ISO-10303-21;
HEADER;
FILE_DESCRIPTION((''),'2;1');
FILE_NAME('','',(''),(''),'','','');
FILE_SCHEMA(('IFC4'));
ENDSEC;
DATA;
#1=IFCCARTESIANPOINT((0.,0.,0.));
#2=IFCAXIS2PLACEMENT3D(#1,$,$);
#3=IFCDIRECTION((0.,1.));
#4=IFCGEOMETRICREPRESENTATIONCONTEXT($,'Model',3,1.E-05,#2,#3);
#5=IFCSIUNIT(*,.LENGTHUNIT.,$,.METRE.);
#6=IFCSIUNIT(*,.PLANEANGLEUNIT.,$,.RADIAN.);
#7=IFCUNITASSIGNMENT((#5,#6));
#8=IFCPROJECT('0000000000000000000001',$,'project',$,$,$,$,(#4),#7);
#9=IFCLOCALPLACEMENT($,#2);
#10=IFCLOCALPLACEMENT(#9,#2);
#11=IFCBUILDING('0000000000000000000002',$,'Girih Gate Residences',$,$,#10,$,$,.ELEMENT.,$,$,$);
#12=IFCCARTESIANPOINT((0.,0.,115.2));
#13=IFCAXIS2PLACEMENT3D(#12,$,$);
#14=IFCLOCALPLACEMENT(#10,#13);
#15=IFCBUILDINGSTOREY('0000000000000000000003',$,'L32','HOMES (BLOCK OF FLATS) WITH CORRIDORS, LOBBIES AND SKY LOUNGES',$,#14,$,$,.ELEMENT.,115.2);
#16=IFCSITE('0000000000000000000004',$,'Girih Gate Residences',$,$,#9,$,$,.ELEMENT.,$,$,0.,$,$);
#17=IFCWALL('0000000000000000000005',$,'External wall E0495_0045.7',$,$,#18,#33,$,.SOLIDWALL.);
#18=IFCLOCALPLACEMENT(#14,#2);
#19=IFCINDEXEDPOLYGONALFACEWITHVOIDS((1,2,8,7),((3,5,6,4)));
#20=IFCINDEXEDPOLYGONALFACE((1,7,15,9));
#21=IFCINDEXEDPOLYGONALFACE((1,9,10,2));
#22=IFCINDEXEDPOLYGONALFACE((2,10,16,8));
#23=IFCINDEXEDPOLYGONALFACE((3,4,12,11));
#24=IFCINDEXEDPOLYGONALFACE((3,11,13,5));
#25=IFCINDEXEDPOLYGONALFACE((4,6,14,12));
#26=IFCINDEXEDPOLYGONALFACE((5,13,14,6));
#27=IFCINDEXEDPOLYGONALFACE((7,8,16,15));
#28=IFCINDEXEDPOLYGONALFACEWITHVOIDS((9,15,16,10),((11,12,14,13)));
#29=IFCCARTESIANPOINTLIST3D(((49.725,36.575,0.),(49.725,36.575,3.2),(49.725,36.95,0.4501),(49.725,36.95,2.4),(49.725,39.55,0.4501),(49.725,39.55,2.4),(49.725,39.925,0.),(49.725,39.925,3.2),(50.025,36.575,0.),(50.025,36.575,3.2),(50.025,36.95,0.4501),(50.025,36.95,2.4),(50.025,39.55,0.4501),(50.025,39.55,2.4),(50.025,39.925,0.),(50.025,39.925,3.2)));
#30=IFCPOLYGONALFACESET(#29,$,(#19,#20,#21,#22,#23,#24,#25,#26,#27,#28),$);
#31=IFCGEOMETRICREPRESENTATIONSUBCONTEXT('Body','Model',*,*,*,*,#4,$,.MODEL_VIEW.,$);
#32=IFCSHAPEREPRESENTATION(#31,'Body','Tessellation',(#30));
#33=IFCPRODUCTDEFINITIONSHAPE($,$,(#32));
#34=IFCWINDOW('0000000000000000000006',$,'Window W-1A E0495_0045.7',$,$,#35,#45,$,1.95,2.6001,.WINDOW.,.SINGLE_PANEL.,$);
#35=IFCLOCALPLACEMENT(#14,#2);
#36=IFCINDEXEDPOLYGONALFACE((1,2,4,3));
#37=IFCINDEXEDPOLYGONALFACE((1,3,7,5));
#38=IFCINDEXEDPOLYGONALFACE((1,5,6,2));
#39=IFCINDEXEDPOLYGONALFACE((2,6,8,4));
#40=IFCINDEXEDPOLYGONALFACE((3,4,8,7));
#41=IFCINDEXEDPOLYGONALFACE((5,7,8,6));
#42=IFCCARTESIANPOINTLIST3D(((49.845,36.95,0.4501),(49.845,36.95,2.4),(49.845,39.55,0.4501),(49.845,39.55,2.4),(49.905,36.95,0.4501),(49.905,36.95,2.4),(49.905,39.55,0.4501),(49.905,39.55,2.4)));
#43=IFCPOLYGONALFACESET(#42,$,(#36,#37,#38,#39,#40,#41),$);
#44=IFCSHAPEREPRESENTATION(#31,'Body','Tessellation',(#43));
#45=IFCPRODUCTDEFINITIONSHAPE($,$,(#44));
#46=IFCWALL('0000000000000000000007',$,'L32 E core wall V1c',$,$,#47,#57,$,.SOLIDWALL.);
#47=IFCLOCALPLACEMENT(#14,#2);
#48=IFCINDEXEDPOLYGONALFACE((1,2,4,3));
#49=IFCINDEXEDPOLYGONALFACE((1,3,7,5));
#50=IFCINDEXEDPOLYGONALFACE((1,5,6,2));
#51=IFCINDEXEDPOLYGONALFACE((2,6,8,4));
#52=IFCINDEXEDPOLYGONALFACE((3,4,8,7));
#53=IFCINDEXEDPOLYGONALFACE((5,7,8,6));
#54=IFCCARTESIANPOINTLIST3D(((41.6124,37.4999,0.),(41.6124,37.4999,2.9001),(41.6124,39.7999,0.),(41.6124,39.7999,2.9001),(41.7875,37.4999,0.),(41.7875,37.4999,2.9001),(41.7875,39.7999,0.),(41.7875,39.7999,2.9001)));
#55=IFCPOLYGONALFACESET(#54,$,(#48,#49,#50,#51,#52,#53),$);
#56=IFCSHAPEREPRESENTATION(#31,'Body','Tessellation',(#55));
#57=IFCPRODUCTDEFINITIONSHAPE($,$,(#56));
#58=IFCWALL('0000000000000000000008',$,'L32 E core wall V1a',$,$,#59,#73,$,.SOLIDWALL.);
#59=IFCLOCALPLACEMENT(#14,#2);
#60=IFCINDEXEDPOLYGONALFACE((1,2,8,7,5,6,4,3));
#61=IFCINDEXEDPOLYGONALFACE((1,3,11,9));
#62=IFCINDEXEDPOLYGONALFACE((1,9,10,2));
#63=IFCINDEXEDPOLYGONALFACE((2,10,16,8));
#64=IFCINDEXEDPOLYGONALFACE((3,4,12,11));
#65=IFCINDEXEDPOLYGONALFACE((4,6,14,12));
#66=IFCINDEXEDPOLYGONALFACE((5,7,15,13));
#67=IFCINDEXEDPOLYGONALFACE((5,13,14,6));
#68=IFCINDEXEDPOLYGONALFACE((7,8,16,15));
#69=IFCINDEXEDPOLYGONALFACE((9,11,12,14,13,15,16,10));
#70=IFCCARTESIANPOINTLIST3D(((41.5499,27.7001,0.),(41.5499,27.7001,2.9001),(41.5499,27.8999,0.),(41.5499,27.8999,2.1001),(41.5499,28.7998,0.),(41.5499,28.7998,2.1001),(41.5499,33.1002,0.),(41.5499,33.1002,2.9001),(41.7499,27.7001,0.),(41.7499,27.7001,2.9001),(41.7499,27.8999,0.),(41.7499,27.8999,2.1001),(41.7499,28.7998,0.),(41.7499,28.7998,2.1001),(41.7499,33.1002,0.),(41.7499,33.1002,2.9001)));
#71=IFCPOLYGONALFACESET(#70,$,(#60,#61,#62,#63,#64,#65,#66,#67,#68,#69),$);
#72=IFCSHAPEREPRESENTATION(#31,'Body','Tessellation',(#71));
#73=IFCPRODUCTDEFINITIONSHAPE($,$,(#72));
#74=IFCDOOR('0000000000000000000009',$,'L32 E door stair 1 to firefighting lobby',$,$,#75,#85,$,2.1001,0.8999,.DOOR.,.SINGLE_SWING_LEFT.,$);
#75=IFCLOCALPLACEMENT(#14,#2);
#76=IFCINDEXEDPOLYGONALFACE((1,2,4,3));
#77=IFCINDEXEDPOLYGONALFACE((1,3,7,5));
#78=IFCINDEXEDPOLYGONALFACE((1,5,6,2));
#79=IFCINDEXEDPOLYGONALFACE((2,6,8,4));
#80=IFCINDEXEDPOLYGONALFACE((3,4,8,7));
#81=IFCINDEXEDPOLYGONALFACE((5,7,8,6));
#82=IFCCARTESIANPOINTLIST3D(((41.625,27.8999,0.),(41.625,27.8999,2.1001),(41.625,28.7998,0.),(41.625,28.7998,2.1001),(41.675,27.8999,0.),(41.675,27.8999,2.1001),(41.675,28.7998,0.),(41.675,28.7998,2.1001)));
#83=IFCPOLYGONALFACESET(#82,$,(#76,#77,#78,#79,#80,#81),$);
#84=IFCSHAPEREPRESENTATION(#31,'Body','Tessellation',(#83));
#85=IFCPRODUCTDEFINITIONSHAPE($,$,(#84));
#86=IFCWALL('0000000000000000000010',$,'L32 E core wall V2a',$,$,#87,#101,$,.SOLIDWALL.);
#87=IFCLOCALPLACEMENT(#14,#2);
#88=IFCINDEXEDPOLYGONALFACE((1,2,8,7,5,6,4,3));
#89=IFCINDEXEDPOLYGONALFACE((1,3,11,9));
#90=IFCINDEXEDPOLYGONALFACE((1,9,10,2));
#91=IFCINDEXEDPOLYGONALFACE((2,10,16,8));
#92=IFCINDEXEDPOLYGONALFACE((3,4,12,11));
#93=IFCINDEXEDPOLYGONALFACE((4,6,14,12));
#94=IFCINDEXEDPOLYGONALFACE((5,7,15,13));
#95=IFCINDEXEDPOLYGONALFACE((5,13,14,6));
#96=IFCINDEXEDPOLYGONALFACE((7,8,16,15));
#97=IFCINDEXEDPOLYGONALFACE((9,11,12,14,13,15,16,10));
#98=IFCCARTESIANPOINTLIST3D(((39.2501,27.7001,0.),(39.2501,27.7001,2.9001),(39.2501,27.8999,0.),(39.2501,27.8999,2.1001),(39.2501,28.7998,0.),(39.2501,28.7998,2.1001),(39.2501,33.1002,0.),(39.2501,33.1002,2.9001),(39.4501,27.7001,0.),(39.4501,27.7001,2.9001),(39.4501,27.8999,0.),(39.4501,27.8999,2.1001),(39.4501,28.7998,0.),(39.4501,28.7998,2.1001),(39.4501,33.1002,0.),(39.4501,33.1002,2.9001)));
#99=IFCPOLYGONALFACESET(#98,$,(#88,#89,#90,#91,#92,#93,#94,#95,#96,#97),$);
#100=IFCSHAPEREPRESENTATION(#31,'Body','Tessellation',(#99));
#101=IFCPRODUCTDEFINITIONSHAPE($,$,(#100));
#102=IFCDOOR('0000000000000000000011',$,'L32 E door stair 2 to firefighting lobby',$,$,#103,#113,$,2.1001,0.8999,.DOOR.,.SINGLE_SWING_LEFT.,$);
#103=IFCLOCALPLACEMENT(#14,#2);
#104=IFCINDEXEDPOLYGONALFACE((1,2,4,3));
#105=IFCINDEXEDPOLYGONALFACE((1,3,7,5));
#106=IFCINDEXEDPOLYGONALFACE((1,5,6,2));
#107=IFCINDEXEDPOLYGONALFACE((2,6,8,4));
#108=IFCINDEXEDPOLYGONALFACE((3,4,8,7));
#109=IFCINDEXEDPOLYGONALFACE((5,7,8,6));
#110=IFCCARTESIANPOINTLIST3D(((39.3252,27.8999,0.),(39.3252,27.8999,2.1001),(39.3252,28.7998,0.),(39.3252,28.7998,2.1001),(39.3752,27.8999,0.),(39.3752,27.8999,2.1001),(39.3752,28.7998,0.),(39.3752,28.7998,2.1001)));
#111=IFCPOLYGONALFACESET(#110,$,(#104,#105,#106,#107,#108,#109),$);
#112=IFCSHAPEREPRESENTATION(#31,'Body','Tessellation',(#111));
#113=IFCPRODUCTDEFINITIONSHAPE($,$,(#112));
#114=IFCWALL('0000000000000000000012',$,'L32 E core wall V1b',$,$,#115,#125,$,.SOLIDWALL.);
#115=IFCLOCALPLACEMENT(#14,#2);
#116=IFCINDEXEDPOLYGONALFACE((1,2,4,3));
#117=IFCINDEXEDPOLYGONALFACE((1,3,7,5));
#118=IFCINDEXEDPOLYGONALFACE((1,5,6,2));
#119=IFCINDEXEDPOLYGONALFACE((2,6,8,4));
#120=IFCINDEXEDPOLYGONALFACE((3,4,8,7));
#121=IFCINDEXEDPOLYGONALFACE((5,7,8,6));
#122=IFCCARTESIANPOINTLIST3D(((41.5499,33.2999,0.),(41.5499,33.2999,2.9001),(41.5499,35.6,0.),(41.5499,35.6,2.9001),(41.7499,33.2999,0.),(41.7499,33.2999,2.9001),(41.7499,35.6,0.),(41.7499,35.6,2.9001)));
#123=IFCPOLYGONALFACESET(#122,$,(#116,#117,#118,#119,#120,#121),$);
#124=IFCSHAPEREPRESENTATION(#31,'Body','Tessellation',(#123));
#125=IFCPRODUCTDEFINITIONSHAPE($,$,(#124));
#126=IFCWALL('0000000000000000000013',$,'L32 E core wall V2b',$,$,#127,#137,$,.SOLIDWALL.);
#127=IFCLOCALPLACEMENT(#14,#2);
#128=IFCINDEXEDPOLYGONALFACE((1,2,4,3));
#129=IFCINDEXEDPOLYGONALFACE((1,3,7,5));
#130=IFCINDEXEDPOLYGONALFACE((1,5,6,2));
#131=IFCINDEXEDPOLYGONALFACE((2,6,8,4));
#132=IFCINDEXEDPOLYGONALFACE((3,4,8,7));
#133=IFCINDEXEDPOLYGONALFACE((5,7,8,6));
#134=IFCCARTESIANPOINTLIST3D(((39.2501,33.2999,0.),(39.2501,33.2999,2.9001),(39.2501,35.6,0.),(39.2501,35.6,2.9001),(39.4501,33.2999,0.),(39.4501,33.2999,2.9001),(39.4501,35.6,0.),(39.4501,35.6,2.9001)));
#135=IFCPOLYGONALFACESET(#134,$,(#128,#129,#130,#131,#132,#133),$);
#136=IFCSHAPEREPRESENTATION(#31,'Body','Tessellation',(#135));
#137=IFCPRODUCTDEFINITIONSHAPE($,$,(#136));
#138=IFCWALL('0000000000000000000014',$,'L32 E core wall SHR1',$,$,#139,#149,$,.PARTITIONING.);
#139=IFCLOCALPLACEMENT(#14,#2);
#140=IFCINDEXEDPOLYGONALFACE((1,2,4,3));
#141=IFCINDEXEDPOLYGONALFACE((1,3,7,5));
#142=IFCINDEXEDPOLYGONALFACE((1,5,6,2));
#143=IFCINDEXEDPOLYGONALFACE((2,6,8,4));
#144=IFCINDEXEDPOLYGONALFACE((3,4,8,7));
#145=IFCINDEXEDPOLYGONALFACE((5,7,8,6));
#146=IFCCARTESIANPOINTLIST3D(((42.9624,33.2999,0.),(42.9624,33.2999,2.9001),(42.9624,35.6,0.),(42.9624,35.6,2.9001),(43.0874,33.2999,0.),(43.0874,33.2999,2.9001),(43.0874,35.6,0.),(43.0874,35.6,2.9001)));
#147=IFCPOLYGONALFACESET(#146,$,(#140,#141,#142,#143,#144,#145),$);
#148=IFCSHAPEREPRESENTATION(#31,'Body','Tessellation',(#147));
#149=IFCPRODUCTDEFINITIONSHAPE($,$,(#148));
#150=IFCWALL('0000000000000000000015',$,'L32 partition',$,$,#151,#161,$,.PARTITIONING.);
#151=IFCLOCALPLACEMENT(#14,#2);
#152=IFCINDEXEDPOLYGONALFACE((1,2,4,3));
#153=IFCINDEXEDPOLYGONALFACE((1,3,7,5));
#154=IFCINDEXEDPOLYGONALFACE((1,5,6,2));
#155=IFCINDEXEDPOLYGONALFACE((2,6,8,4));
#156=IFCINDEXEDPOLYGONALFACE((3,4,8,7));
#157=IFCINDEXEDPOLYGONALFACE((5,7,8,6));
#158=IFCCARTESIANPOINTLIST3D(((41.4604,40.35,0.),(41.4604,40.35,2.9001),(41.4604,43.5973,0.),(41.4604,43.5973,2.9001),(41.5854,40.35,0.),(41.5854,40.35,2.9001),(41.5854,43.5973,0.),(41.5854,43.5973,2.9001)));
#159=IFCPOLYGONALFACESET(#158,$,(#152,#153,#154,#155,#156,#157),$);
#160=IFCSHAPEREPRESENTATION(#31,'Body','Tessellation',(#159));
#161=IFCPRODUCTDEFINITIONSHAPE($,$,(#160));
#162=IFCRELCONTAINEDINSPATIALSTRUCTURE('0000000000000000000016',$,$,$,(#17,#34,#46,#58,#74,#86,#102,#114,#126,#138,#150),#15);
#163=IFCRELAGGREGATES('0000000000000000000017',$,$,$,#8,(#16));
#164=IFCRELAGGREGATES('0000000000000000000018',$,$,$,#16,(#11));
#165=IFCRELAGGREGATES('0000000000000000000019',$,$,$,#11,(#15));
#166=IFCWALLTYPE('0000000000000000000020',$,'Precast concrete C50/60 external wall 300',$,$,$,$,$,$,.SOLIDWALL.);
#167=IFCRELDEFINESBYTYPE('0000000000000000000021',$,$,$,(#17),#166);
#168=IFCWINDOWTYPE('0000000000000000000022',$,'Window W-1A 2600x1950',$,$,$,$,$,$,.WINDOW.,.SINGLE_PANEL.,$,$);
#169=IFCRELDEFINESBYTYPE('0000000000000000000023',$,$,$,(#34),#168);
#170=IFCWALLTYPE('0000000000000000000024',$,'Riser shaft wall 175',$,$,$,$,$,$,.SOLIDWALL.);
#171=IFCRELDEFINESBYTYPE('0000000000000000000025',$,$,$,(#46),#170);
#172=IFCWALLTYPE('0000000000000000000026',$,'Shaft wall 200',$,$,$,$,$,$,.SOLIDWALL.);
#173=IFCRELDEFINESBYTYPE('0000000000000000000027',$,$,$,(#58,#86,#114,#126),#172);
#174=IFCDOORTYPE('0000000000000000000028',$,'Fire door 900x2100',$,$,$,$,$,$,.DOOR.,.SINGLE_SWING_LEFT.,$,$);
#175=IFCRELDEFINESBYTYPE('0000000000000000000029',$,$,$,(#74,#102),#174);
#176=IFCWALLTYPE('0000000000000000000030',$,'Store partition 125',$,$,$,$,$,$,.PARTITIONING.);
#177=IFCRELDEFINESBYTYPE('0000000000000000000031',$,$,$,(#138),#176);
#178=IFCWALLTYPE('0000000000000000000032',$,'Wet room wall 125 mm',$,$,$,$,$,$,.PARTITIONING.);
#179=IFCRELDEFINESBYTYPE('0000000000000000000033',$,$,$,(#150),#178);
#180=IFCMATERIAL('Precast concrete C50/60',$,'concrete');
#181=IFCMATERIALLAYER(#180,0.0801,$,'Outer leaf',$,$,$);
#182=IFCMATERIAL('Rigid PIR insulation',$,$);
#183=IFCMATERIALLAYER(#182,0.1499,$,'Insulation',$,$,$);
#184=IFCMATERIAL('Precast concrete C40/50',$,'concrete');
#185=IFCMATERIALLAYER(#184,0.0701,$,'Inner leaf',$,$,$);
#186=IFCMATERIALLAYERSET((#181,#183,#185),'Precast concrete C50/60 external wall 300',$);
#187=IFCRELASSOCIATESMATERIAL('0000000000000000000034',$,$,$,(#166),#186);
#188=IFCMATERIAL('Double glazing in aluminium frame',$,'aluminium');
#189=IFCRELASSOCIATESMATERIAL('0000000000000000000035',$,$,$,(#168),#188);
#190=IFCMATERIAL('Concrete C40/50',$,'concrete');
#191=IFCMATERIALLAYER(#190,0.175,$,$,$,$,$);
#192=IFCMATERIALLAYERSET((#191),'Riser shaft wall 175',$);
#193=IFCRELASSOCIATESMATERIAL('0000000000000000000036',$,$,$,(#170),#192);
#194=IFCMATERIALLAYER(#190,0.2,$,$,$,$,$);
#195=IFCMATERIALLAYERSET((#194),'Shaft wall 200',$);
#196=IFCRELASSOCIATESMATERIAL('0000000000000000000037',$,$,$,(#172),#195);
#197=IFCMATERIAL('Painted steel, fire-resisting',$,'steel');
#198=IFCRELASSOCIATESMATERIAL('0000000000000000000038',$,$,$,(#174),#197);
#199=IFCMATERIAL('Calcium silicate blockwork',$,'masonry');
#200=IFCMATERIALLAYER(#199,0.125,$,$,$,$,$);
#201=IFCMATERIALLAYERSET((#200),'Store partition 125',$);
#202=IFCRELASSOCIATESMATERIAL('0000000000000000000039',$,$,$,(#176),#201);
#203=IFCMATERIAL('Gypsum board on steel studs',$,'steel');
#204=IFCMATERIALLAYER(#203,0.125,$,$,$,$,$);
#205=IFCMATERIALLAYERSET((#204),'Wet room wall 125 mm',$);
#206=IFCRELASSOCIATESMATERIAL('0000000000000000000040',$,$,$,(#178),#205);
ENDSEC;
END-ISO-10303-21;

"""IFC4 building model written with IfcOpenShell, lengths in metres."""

from ifc_helpers import new_model, si_unit, direction, frame, frame_2d, origin, place, context, subcontext, project, spatial, rectangle, extrude, material, layer, layer_set, type_object, element, fill, save


model = new_model("IFC4")

# Units and contexts
model_context = context("Model", 3, precision=1e-05, world=origin(), true_north=direction((0.0, 1.0)))
body_context = subcontext(model_context, "Body", "Model", "MODEL_VIEW")
ifc_project = project(units=[si_unit("LENGTHUNIT", "METRE"), si_unit("PLANEANGLEUNIT", "RADIAN")], contexts=[model_context])

# Site, building, storey
site_placement = place(None, origin())
site = spatial("IfcSite", under=ifc_project, at=site_placement, Name="Girih Gate Residences", CompositionType="ELEMENT", RefElevation=0.0)
building_placement = place(site_placement, origin())
building = spatial("IfcBuilding", under=site, at=building_placement, Name="Girih Gate Residences", CompositionType="ELEMENT")
storey_placement = place(building_placement, frame((0.0, 0.0, 115.2)))
storey = spatial("IfcBuildingStorey", under=building, at=storey_placement, Name="L32", Description="HOMES (BLOCK OF FLATS) WITH CORRIDORS, LOBBIES AND SKY LOUNGES", CompositionType="ELEMENT", Elevation=115.2)

# Shared definitions
ifc_material_1 = material(Name="Gypsum board on steel studs", Category="steel")

# Wall, opening, window
ifc_material_2 = material(Name="Precast concrete C50/60", Category="concrete")
ifc_layer_1 = layer(ifc_material_2, 0.0801, Name="Outer leaf")
ifc_material_3 = material(Name="Rigid PIR insulation")
ifc_layer_2 = layer(ifc_material_3, 0.1499, Name="Insulation")
ifc_material_4 = material(Name="Precast concrete C40/50", Category="concrete")
ifc_layer_3 = layer(ifc_material_4, 0.0701, Name="Inner leaf")
ifc_layer_set_1 = layer_set([ifc_layer_1, ifc_layer_2, ifc_layer_3], Name="Precast concrete C50/60 external wall 300")
wall_type_1 = type_object("IfcWallType", Name="Precast concrete C50/60 external wall 300", PredefinedType="SOLIDWALL", material=ifc_layer_set_1)
ifc_material_5 = material(Name="Double glazing in aluminium frame", Category="aluminium")
window_type = type_object("IfcWindowType", Name="Window W-1A 2600x1950", PartitioningType="SINGLE_PANEL", PredefinedType="WINDOW", material=ifc_material_5)
wall_1_placement = place(storey_placement, frame((49.875, 39.925, 0.0), z_axis=(0.0, 0.0, 1.0), x_axis=(0.0, -1.0, 0.0)))
wall_1 = element("IfcWall", 1, at=wall_1_placement, inside=storey, type_object=wall_type_1, Name="External wall E0495_0045.7", PredefinedType="SOLIDWALL", context=body_context, shape_type="SweptSolid", body=[
    extrude(rectangle(XDim=3.3501, YDim=0.3, at=frame_2d((1.675, 0.0))), origin(), (0.0, 0.0, 1.0), 3.2),
])
opening_1_placement = place(wall_1_placement, frame((0.375, 0.0, 0.45)))
opening_1 = element("IfcOpeningElement", 2, at=opening_1_placement, cuts=wall_1, PredefinedType="OPENING", context=body_context, shape_type="SweptSolid", body=[
    extrude(rectangle(XDim=2.6001, YDim=1.95, at=frame_2d((1.3, 0.9751))), frame((0.0, 0.1599, 0.0), z_axis=(0.0, -1.0, 0.0), x_axis=(1.0, 0.0, 0.0)), (0.0, 0.0, 1.0), 0.3201),
])
window_1_placement = place(opening_1_placement, origin())
window_1 = element("IfcWindow", 3, at=window_1_placement, inside=storey, type_object=window_type, Name="Window W-1A E0495_0045.7", OverallHeight=1.95, OverallWidth=2.6001, PartitioningType="SINGLE_PANEL", PredefinedType="WINDOW", context=body_context, shape_type="SweptSolid", body=[
    extrude(rectangle(XDim=2.6001, YDim=1.95, at=frame_2d((1.3, 0.9751))), frame((0.0, 0.03, 0.0), z_axis=(0.0, -1.0, 0.0), x_axis=(1.0, 0.0, 0.0)), (0.0, 0.0, 1.0), 0.0601),
])
fill(opening_1, window_1)

# Wall
ifc_material_6 = material(Name="Concrete C40/50", Category="concrete")
ifc_layer_4 = layer(ifc_material_6, 0.175)
ifc_layer_set_2 = layer_set([ifc_layer_4], Name="Riser shaft wall 175")
wall_type_2 = type_object("IfcWallType", Name="Riser shaft wall 175", PredefinedType="SOLIDWALL", material=ifc_layer_set_2)
wall_2_placement = place(storey_placement, frame((41.7, 37.5, 0.0), z_axis=(0.0, 0.0, 1.0), x_axis=(0.0, 1.0, 0.0)))
element("IfcWall", 4, at=wall_2_placement, inside=storey, type_object=wall_type_2, Name="L32 E core wall V1c", PredefinedType="SOLIDWALL", context=body_context, shape_type="SweptSolid", body=[
    extrude(rectangle(XDim=2.3, YDim=0.175, at=frame_2d((1.1499, 0.0))), origin(), (0.0, 0.0, 1.0), 2.9001),
])

# Walls, openings, doors
ifc_layer_5 = layer(ifc_material_6, 0.2)
ifc_layer_set_3 = layer_set([ifc_layer_5], Name="Shaft wall 200")
wall_type_3 = type_object("IfcWallType", Name="Shaft wall 200", PredefinedType="SOLIDWALL", material=ifc_layer_set_3)
wall_3_placement = place(storey_placement, frame((41.6499, 27.7, 0.0), z_axis=(0.0, 0.0, 1.0), x_axis=(0.0, 1.0, 0.0)))
wall_3 = element("IfcWall", 5, at=wall_3_placement, inside=storey, type_object=wall_type_3, Name="L32 E core wall V1a", PredefinedType="SOLIDWALL", context=body_context, shape_type="SweptSolid", body=[
    extrude(rectangle(XDim=5.4001, YDim=0.2, at=frame_2d((2.7002, 0.0))), origin(), (0.0, 0.0, 1.0), 2.9001),
])
opening_2_placement = place(wall_3_placement, frame((0.2, 0.0, 0.0)))
opening_2 = element("IfcOpeningElement", 6, at=opening_2_placement, cuts=wall_3, PredefinedType="OPENING", context=body_context, shape_type="SweptSolid", body=[
    extrude(rectangle(XDim=0.8999, YDim=2.1001, at=frame_2d((0.45, 1.05))), frame((0.0, 0.1099, 0.0), z_axis=(0.0, -1.0, 0.0), x_axis=(1.0, 0.0, 0.0)), (0.0, 0.0, 1.0), 0.22),
])
ifc_material_7 = material(Name="Painted steel, fire-resisting", Category="steel")
door_type = type_object("IfcDoorType", Name="Fire door 900x2100", OperationType="SINGLE_SWING_LEFT", PredefinedType="DOOR", material=ifc_material_7)
door_1_placement = place(opening_2_placement, origin())
door_1 = element("IfcDoor", 7, at=door_1_placement, inside=storey, type_object=door_type, Name="L32 E door stair 1 to firefighting lobby", OperationType="SINGLE_SWING_LEFT", OverallHeight=2.1001, OverallWidth=0.8999, PredefinedType="DOOR", context=body_context, shape_type="SweptSolid", body=[
    extrude(rectangle(XDim=0.8999, YDim=2.1001, at=frame_2d((0.45, 1.05))), frame((0.0, 0.0249, 0.0), z_axis=(0.0, -1.0, 0.0), x_axis=(1.0, 0.0, 0.0)), (0.0, 0.0, 1.0), 0.05),
])
fill(opening_2, door_1)
wall_4_placement = place(storey_placement, frame((39.3501, 27.7, 0.0), z_axis=(0.0, 0.0, 1.0), x_axis=(0.0, 1.0, 0.0)))
wall_4 = element("IfcWall", 8, at=wall_4_placement, inside=storey, type_object=wall_type_3, Name="L32 E core wall V2a", PredefinedType="SOLIDWALL", context=body_context, shape_type="SweptSolid", body=[
    extrude(rectangle(XDim=5.4001, YDim=0.2, at=frame_2d((2.7002, 0.0))), origin(), (0.0, 0.0, 1.0), 2.9001),
])
opening_3_placement = place(wall_4_placement, frame((0.2, 0.0, 0.0)))
opening_3 = element("IfcOpeningElement", 9, at=opening_3_placement, cuts=wall_4, PredefinedType="OPENING", context=body_context, shape_type="SweptSolid", body=[
    extrude(rectangle(XDim=0.8999, YDim=2.1001, at=frame_2d((0.45, 1.05))), frame((0.0, 0.1099, 0.0), z_axis=(0.0, -1.0, 0.0), x_axis=(1.0, 0.0, 0.0)), (0.0, 0.0, 1.0), 0.22),
])
door_2_placement = place(opening_3_placement, origin())
door_2 = element("IfcDoor", 10, at=door_2_placement, inside=storey, type_object=door_type, Name="L32 E door stair 2 to firefighting lobby", OperationType="SINGLE_SWING_LEFT", OverallHeight=2.1001, OverallWidth=0.8999, PredefinedType="DOOR", context=body_context, shape_type="SweptSolid", body=[
    extrude(rectangle(XDim=0.8999, YDim=2.1001, at=frame_2d((0.45, 1.05))), frame((0.0, 0.0249, 0.0), z_axis=(0.0, -1.0, 0.0), x_axis=(1.0, 0.0, 0.0)), (0.0, 0.0, 1.0), 0.05),
])
fill(opening_3, door_2)

# Walls
for number, where, z_axis, x_axis, name in (
    (11, (41.6499, 33.3, 0.0), (0.0, 0.0, 1.0), (0.0, 1.0, 0.0), "L32 E core wall V1b"),
    (12, (39.3501, 33.3, 0.0), (0.0, 0.0, 1.0), (0.0, 1.0, 0.0), "L32 E core wall V2b"),
):
    element("IfcWall", number, at=place(storey_placement, frame(where, z_axis=z_axis, x_axis=x_axis)), inside=storey, type_object=wall_type_3, Name=name, PredefinedType="SOLIDWALL", context=body_context, shape_type="SweptSolid", body=[
        extrude(rectangle(XDim=2.3, YDim=0.2, at=frame_2d((1.1499, 0.0))), origin(), (0.0, 0.0, 1.0), 2.9001),
    ])
ifc_material_8 = material(Name="Calcium silicate blockwork", Category="masonry")
ifc_layer_6 = layer(ifc_material_8, 0.125)
ifc_layer_set_4 = layer_set([ifc_layer_6], Name="Store partition 125")
wall_type_4 = type_object("IfcWallType", Name="Store partition 125", PredefinedType="PARTITIONING", material=ifc_layer_set_4)
wall_5_placement = place(storey_placement, frame((43.0249, 33.3, 0.0), z_axis=(0.0, 0.0, 1.0), x_axis=(0.0, 1.0, 0.0)))
element("IfcWall", 13, at=wall_5_placement, inside=storey, type_object=wall_type_4, Name="L32 E core wall SHR1", PredefinedType="PARTITIONING", context=body_context, shape_type="SweptSolid", body=[
    extrude(rectangle(XDim=2.3, YDim=0.125, at=frame_2d((1.1499, 0.0))), origin(), (0.0, 0.0, 1.0), 2.9001),
])
ifc_layer_7 = layer(ifc_material_1, 0.125)
ifc_layer_set_5 = layer_set([ifc_layer_7], Name="Wet room wall 125 mm")
wall_type_5 = type_object("IfcWallType", Name="Wet room wall 125 mm", PredefinedType="PARTITIONING", material=ifc_layer_set_5)
wall_6_placement = place(storey_placement, frame((41.5229, 40.3501, 0.0), z_axis=(0.0, 0.0, 1.0), x_axis=(0.0, 1.0, 0.0)))
element("IfcWall", 14, at=wall_6_placement, inside=storey, type_object=wall_type_5, Name="L32 partition", PredefinedType="PARTITIONING", context=body_context, shape_type="SweptSolid", body=[
    extrude(rectangle(XDim=3.2473, YDim=0.125, at=frame_2d((1.6235, 0.0))), origin(), (0.0, 0.0, 1.0), 2.9001),
])

save(model, "model.ifc")
